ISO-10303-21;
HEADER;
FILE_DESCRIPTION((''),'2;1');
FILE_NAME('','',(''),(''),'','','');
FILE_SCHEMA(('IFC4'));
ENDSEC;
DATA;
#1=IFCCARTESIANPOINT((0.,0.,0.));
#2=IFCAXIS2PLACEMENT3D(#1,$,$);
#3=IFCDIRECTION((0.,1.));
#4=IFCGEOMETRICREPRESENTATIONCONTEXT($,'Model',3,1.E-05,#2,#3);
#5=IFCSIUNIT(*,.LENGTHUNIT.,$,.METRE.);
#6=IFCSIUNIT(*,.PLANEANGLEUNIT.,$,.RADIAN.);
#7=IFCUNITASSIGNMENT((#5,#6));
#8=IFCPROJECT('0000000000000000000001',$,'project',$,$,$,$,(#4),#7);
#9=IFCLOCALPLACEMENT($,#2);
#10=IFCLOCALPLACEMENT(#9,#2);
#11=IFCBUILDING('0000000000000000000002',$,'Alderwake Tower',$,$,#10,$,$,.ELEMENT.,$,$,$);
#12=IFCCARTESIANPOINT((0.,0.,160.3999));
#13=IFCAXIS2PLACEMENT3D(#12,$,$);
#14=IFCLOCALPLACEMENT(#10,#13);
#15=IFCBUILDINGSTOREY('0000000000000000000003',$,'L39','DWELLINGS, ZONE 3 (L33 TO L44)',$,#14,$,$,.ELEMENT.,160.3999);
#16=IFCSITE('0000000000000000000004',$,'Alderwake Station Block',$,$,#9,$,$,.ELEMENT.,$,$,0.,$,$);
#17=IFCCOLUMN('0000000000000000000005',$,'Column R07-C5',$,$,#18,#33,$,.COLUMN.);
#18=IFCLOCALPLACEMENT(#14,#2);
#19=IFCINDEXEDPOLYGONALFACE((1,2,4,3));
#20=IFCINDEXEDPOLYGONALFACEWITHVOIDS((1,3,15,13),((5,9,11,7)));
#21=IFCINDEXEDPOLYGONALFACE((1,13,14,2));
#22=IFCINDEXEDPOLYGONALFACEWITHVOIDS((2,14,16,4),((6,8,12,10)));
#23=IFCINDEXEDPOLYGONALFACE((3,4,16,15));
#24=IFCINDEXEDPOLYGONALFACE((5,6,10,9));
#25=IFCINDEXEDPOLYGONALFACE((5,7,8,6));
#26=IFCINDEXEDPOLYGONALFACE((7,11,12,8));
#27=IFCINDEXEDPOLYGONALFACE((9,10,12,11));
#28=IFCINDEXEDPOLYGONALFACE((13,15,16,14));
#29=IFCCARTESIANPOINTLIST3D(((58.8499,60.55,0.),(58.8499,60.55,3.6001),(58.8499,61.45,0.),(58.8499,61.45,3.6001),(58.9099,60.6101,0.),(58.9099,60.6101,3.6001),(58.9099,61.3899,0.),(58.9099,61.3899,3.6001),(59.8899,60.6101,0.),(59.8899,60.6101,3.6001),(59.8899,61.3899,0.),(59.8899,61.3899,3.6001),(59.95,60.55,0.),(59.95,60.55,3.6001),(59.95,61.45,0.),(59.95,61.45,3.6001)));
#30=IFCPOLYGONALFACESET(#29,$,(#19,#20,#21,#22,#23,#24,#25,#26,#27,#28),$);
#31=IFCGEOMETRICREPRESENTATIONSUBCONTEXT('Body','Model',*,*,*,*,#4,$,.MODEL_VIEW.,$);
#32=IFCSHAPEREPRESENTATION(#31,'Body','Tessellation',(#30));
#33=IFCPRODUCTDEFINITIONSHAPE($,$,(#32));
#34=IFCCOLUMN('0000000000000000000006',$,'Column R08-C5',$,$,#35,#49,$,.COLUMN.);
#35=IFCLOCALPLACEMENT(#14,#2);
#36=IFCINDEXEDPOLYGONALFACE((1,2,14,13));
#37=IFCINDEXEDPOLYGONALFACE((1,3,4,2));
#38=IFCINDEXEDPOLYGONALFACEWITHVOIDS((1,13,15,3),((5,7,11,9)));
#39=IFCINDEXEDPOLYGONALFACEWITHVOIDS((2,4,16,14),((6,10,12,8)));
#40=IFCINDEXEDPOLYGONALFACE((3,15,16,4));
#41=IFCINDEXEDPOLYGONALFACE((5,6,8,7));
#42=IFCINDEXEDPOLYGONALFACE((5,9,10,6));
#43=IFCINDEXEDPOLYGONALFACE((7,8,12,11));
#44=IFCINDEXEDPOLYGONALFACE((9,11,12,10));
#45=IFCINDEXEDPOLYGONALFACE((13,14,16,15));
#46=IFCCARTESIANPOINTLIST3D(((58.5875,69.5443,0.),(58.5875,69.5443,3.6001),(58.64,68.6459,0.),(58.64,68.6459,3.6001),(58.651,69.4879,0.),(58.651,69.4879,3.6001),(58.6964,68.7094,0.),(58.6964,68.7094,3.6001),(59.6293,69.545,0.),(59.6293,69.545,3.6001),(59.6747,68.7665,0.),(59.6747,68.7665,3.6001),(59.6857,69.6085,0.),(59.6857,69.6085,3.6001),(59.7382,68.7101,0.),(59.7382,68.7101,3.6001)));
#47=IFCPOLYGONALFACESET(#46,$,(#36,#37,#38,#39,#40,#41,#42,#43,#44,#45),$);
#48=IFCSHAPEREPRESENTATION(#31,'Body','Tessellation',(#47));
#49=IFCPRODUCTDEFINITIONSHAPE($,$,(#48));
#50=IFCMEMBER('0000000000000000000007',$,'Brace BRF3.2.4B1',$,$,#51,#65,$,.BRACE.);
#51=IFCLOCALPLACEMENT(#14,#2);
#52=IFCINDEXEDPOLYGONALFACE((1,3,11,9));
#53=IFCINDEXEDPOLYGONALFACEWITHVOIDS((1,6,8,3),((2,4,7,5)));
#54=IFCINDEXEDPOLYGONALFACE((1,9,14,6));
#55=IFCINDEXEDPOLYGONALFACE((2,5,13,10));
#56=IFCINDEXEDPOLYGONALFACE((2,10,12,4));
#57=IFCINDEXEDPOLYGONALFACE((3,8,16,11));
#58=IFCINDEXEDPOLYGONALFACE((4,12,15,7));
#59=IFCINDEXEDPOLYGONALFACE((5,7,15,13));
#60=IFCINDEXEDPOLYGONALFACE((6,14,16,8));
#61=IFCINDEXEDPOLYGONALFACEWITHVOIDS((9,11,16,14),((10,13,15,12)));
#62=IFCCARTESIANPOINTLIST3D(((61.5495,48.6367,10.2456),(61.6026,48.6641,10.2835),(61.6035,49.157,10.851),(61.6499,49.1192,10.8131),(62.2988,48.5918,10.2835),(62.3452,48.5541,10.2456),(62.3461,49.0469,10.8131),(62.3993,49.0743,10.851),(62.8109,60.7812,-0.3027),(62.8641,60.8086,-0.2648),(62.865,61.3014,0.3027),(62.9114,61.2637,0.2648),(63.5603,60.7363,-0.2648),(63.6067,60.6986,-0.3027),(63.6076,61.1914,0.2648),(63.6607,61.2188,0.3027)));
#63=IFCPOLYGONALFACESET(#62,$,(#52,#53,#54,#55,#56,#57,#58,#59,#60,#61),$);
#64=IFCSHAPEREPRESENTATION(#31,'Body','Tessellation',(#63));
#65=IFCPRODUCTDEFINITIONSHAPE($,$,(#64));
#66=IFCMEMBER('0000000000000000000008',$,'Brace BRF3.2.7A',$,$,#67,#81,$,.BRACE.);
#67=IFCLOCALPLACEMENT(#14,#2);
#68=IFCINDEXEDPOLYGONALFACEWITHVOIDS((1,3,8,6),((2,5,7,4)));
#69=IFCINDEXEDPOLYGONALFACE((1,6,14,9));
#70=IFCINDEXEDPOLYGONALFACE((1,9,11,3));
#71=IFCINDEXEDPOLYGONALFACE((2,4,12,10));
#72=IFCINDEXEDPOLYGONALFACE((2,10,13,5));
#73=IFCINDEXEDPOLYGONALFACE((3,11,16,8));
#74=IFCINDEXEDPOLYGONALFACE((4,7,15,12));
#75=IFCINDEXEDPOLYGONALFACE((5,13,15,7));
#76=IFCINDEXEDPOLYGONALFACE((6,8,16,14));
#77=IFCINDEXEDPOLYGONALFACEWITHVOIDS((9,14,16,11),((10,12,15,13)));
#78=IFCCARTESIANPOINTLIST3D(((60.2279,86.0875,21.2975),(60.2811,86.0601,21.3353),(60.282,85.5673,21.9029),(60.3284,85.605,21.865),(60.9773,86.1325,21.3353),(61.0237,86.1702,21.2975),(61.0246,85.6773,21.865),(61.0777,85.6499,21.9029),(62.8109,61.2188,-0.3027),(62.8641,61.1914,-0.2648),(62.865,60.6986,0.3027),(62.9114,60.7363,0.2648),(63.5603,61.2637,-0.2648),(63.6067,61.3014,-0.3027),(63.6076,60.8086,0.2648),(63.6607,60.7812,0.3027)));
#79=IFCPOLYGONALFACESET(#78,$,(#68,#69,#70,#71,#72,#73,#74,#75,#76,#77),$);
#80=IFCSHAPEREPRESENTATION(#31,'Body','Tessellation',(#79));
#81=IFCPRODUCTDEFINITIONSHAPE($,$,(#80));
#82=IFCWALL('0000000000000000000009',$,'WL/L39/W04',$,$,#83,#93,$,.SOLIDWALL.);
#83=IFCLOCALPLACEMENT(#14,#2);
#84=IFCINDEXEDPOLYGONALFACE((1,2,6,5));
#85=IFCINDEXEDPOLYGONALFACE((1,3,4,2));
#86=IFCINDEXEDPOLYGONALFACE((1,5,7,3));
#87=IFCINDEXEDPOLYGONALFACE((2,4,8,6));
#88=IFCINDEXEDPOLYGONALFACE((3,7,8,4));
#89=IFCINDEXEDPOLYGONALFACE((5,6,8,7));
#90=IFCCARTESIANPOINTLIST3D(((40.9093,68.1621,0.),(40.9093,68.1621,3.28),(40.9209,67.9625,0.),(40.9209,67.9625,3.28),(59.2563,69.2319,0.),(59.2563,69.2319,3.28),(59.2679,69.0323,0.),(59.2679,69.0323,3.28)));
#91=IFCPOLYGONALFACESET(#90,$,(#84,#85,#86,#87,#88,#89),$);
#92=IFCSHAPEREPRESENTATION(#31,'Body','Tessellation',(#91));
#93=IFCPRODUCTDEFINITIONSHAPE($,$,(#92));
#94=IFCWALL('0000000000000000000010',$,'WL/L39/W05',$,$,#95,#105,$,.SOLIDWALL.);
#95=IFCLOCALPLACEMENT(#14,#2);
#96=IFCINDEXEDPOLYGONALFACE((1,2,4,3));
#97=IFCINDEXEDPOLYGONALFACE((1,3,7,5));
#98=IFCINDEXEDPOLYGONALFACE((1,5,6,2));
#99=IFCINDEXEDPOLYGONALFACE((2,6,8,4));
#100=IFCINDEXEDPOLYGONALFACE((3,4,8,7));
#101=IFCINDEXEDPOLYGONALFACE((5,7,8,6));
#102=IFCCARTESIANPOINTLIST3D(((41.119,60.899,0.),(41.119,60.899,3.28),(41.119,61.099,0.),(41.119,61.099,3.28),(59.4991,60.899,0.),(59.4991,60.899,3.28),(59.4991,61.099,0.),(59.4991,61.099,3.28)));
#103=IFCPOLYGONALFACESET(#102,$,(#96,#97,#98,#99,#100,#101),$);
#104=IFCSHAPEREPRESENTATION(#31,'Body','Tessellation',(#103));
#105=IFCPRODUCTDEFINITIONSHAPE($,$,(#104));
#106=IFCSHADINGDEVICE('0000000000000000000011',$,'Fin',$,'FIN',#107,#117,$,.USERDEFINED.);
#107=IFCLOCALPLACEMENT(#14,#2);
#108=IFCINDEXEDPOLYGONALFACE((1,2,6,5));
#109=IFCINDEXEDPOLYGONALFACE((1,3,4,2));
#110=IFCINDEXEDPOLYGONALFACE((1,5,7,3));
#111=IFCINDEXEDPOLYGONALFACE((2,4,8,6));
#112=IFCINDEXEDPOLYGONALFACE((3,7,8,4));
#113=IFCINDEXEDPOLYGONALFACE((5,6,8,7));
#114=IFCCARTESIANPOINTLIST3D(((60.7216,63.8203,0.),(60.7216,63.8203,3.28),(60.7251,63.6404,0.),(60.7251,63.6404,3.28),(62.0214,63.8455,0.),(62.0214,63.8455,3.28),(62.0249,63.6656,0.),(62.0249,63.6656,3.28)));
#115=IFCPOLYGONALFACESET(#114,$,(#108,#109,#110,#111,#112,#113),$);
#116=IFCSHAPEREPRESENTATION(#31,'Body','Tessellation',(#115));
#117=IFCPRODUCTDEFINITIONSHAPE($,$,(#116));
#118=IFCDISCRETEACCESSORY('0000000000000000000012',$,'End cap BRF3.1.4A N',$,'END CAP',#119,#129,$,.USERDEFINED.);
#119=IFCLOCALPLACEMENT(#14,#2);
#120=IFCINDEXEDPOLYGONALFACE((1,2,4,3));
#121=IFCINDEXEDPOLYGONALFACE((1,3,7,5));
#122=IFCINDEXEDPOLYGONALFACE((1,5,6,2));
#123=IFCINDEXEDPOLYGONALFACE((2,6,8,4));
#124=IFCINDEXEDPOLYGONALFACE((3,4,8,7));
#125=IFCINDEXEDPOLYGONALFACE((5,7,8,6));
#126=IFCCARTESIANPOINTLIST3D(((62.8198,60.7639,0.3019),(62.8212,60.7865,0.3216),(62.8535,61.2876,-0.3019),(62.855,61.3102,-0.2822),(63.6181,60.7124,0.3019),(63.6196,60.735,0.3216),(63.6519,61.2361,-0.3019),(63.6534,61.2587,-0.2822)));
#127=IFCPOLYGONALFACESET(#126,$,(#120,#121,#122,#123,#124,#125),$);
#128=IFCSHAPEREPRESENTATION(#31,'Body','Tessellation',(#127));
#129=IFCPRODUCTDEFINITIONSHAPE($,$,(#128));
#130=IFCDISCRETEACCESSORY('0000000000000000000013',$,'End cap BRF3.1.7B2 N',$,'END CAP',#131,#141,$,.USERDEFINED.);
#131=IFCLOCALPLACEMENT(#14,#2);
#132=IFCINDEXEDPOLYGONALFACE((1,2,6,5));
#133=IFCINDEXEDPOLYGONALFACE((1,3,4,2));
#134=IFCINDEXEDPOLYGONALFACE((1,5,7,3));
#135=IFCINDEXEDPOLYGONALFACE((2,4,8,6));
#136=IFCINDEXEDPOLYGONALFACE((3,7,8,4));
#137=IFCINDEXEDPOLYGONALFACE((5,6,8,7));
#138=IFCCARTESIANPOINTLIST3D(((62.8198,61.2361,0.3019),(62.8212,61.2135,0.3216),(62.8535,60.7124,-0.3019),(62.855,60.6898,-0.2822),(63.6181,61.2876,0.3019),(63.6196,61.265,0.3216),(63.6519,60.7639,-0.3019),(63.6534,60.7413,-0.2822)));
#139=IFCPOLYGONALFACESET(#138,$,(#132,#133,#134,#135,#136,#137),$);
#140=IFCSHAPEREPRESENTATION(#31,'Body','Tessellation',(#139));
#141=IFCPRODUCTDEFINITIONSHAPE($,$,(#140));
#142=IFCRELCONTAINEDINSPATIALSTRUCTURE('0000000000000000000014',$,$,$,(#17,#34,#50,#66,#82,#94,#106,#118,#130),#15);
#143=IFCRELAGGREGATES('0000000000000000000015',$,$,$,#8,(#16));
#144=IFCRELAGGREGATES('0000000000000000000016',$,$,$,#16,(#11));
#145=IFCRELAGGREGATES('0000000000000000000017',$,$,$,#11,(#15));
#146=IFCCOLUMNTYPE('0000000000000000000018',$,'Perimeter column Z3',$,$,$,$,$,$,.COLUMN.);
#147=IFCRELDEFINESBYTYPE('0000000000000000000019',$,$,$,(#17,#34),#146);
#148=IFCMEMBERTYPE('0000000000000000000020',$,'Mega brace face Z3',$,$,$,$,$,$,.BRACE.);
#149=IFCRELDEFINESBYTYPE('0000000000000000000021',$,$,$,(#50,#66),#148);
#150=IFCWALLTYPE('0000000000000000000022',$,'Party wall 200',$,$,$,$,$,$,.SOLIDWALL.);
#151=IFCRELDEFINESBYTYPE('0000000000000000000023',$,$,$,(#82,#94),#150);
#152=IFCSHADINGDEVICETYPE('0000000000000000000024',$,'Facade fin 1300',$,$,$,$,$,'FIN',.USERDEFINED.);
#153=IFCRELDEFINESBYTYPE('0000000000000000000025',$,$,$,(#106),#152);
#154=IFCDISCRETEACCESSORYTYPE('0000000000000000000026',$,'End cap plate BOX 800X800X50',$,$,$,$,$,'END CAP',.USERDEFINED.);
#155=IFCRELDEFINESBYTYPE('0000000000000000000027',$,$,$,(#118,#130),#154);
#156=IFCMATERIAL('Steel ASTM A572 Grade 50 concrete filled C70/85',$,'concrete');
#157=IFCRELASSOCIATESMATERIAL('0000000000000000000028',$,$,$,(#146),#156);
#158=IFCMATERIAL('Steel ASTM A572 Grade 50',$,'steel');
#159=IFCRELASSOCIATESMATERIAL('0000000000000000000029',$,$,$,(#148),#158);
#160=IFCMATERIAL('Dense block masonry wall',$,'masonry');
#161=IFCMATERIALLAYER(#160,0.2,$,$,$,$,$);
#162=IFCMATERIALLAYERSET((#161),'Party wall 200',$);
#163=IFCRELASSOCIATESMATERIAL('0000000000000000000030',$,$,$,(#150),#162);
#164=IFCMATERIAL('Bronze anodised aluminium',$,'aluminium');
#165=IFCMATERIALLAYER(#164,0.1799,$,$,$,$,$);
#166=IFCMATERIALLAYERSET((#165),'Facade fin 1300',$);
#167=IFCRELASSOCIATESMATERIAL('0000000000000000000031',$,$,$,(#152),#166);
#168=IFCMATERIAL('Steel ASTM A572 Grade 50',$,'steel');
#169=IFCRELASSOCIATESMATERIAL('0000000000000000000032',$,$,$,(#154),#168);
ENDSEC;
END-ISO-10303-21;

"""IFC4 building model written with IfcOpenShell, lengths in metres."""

from ifc_helpers import new_model, si_unit, direction, frame, frame_2d, origin, origin_2d, place, context, subcontext, project, spatial, rectangle, hollow_rectangle, extrude, material, layer, layer_set, material_profile, profile_set, type_object, element, save


model = new_model("IFC4")

# Units and contexts
model_context = context("Model", 3, precision=1e-05, world=origin(), true_north=direction((0.0, 1.0)))
body_context = subcontext(model_context, "Body", "Model", "MODEL_VIEW")
ifc_project = project(units=[si_unit("LENGTHUNIT", "METRE"), si_unit("PLANEANGLEUNIT", "RADIAN")], contexts=[model_context])

# Site, building, storey
site_placement = place(None, origin())
site = spatial("IfcSite", under=ifc_project, at=site_placement, Name="Alderwake Station Block", CompositionType="ELEMENT", RefElevation=0.0)
building_placement = place(site_placement, origin())
building = spatial("IfcBuilding", under=site, at=building_placement, Name="Alderwake Tower", CompositionType="ELEMENT")
storey_placement = place(building_placement, frame((0.0, 0.0, 160.3999)))
storey = spatial("IfcBuildingStorey", under=building, at=storey_placement, Name="L39", Description="DWELLINGS, ZONE 3 (L33 TO L44)", CompositionType="ELEMENT", Elevation=160.3999)

# Columns
ifc_material_1 = material(Name="Steel ASTM A572 Grade 50 concrete filled C70/85", Category="concrete")
ifc_material_profile_1 = material_profile(ifc_material_1, hollow_rectangle(XDim=0.8999, YDim=1.1001, WallThickness=0.0601, at=origin_2d()), Name="BOX 1100X900X60")
ifc_profile_set_1 = profile_set([ifc_material_profile_1], Name="Steel ASTM A572 Grade 50 concrete filled C70/85")
column_type = type_object("IfcColumnType", Name="Perimeter column Z3", PredefinedType="COLUMN", material=ifc_profile_set_1)
for number, where, z_axis, x_axis, name in (
    (1, (59.3999, 61.0, 0.0), (0.0, 0.0, 1.0), (0.0, 1.0, 0.0), "Column R07-C5"),
    (2, (59.1628, 69.1272, 0.0), (0.0, 0.0, 1.0), (-0.058301, 0.998299, 0.0), "Column R08-C5"),
):
    element("IfcColumn", number, at=place(storey_placement, frame(where, z_axis=z_axis, x_axis=x_axis)), inside=storey, type_object=column_type, Name=name, PredefinedType="COLUMN", context=body_context, shape_type="SweptSolid", body=[
        extrude(hollow_rectangle(XDim=0.8999, YDim=1.1001, WallThickness=0.0601, at=origin_2d()), origin(), (0.0, 0.0, 1.0), 3.6001),
    ])

# Members
ifc_material_2 = material(Name="Steel ASTM A572 Grade 50", Category="steel")
ifc_material_profile_2 = material_profile(ifc_material_2, hollow_rectangle(XDim=0.8, YDim=0.8, WallThickness=0.05, at=origin_2d()), Name="BOX 800X800X50")
ifc_profile_set_2 = profile_set([ifc_material_profile_2], Name="Steel ASTM A572 Grade 50")
member_type = type_object("IfcMemberType", Name="Mega brace face Z3", PredefinedType="BRACE", material=ifc_profile_set_2)
member_1_placement = place(storey_placement, frame((63.2358, 61.0, 0.0), z_axis=(-0.078181, -0.752668, 0.653742), x_axis=(0.994649, -0.103316, 0.0)))
element("IfcMember", 3, at=member_1_placement, inside=storey, type_object=member_type, Name="Brace BRF3.2.4B1", PredefinedType="BRACE", context=body_context, shape_type="SweptSolid", body=[
    extrude(hollow_rectangle(XDim=0.8, YDim=0.8, WallThickness=0.05, at=origin_2d()), origin(), (0.0, 0.0, 1.0), 16.1353),
])
member_2_placement = place(storey_placement, frame((63.2358, 61.0, 0.0), z_axis=(-0.078177, 0.752668, 0.653743), x_axis=(-0.994649, -0.10331, 0.0)))
element("IfcMember", 4, at=member_2_placement, inside=storey, type_object=member_type, Name="Brace BRF3.2.7A", PredefinedType="BRACE", context=body_context, shape_type="SweptSolid", body=[
    extrude(hollow_rectangle(XDim=0.8, YDim=0.8, WallThickness=0.05, at=origin_2d()), origin(), (0.0, 0.0, 1.0), 33.0408),
])

# Walls
ifc_material_3 = material(Name="Dense block masonry wall", Category="masonry")
ifc_layer_1 = layer(ifc_material_3, 0.2)
ifc_layer_set_1 = layer_set([ifc_layer_1], Name="Party wall 200")
wall_type_1 = type_object("IfcWallType", Name="Party wall 200", PredefinedType="SOLIDWALL", material=ifc_layer_set_1)
wall_1_placement = place(storey_placement, frame((59.262, 69.1321, 0.0), z_axis=(0.0, 0.0, 1.0), x_axis=(-0.998304, -0.058212, 0.0)))
element("IfcWall", 5, at=wall_1_placement, inside=storey, type_object=wall_type_1, Name="WL/L39/W04", PredefinedType="SOLIDWALL", context=body_context, shape_type="SweptSolid", body=[
    extrude(rectangle(XDim=18.3782, YDim=0.2, at=frame_2d((9.189, 0.0))), origin(), (0.0, 0.0, 1.0), 3.28),
])
wall_2_placement = place(storey_placement, frame((59.499, 60.999, 0.0), z_axis=(0.0, 0.0, 1.0), x_axis=(-1.0, 0.0, 0.0)))
element("IfcWall", 6, at=wall_2_placement, inside=storey, type_object=wall_type_1, Name="WL/L39/W05", PredefinedType="SOLIDWALL", context=body_context, shape_type="SweptSolid", body=[
    extrude(rectangle(XDim=18.3801, YDim=0.2, at=frame_2d((9.1899, 0.0))), origin(), (0.0, 0.0, 1.0), 3.28),
])

# Shading device
ifc_material_4 = material(Name="Bronze anodised aluminium", Category="aluminium")
ifc_layer_2 = layer(ifc_material_4, 0.1799)
ifc_layer_set_2 = layer_set([ifc_layer_2], Name="Facade fin 1300")
shading_device_type = type_object("IfcShadingDeviceType", Name="Facade fin 1300", ElementType="FIN", PredefinedType="USERDEFINED", material=ifc_layer_set_2)
shading_device_placement = place(storey_placement, frame((61.3733, 63.7429, 0.0), z_axis=(0.0, 0.0, 1.0), x_axis=(0.999812, 0.019398, 0.0)))
element("IfcShadingDevice", 7, at=shading_device_placement, inside=storey, type_object=shading_device_type, Name="Fin", ObjectType="FIN", PredefinedType="USERDEFINED", context=body_context, shape_type="SweptSolid", body=[
    extrude(rectangle(XDim=1.3, YDim=0.1799, at=origin_2d()), origin(), (0.0, 0.0, 1.0), 3.28),
])

# Discrete accessories
ifc_material_5 = material(Name="Steel ASTM A572 Grade 50", Category="steel")
ifc_material_profile_3 = material_profile(ifc_material_5, rectangle(XDim=0.8, YDim=0.8, at=origin_2d()), Name="BOX 800X800X50 cap")
ifc_profile_set_3 = profile_set([ifc_material_profile_3], Name="Steel ASTM A572 Grade 50")
discrete_accessory_type = type_object("IfcDiscreteAccessoryType", Name="End cap plate BOX 800X800X50", ElementType="END CAP", PredefinedType="USERDEFINED", material=ifc_profile_set_3)
for number, where, z_axis, x_axis, name in (
    (8, (63.2358, 61.0, 0.0), (0.048593, 0.753191, 0.656005), (-0.997925, 0.064382, 0.0), "End cap BRF3.1.4A N"),
    (9, (63.2358, 61.0, 0.0), (0.048593, -0.753191, 0.656005), (0.997925, 0.064382, 0.0), "End cap BRF3.1.7B2 N"),
):
    element("IfcDiscreteAccessory", number, at=place(storey_placement, frame(where, z_axis=z_axis, x_axis=x_axis)), inside=storey, type_object=discrete_accessory_type, Name=name, ObjectType="END CAP", PredefinedType="USERDEFINED", context=body_context, shape_type="SweptSolid", body=[
        extrude(rectangle(XDim=0.8, YDim=0.8, at=origin_2d()), origin(), (0.0, 0.0, 1.0), 0.03),
    ])

save(model, "model.ifc")
